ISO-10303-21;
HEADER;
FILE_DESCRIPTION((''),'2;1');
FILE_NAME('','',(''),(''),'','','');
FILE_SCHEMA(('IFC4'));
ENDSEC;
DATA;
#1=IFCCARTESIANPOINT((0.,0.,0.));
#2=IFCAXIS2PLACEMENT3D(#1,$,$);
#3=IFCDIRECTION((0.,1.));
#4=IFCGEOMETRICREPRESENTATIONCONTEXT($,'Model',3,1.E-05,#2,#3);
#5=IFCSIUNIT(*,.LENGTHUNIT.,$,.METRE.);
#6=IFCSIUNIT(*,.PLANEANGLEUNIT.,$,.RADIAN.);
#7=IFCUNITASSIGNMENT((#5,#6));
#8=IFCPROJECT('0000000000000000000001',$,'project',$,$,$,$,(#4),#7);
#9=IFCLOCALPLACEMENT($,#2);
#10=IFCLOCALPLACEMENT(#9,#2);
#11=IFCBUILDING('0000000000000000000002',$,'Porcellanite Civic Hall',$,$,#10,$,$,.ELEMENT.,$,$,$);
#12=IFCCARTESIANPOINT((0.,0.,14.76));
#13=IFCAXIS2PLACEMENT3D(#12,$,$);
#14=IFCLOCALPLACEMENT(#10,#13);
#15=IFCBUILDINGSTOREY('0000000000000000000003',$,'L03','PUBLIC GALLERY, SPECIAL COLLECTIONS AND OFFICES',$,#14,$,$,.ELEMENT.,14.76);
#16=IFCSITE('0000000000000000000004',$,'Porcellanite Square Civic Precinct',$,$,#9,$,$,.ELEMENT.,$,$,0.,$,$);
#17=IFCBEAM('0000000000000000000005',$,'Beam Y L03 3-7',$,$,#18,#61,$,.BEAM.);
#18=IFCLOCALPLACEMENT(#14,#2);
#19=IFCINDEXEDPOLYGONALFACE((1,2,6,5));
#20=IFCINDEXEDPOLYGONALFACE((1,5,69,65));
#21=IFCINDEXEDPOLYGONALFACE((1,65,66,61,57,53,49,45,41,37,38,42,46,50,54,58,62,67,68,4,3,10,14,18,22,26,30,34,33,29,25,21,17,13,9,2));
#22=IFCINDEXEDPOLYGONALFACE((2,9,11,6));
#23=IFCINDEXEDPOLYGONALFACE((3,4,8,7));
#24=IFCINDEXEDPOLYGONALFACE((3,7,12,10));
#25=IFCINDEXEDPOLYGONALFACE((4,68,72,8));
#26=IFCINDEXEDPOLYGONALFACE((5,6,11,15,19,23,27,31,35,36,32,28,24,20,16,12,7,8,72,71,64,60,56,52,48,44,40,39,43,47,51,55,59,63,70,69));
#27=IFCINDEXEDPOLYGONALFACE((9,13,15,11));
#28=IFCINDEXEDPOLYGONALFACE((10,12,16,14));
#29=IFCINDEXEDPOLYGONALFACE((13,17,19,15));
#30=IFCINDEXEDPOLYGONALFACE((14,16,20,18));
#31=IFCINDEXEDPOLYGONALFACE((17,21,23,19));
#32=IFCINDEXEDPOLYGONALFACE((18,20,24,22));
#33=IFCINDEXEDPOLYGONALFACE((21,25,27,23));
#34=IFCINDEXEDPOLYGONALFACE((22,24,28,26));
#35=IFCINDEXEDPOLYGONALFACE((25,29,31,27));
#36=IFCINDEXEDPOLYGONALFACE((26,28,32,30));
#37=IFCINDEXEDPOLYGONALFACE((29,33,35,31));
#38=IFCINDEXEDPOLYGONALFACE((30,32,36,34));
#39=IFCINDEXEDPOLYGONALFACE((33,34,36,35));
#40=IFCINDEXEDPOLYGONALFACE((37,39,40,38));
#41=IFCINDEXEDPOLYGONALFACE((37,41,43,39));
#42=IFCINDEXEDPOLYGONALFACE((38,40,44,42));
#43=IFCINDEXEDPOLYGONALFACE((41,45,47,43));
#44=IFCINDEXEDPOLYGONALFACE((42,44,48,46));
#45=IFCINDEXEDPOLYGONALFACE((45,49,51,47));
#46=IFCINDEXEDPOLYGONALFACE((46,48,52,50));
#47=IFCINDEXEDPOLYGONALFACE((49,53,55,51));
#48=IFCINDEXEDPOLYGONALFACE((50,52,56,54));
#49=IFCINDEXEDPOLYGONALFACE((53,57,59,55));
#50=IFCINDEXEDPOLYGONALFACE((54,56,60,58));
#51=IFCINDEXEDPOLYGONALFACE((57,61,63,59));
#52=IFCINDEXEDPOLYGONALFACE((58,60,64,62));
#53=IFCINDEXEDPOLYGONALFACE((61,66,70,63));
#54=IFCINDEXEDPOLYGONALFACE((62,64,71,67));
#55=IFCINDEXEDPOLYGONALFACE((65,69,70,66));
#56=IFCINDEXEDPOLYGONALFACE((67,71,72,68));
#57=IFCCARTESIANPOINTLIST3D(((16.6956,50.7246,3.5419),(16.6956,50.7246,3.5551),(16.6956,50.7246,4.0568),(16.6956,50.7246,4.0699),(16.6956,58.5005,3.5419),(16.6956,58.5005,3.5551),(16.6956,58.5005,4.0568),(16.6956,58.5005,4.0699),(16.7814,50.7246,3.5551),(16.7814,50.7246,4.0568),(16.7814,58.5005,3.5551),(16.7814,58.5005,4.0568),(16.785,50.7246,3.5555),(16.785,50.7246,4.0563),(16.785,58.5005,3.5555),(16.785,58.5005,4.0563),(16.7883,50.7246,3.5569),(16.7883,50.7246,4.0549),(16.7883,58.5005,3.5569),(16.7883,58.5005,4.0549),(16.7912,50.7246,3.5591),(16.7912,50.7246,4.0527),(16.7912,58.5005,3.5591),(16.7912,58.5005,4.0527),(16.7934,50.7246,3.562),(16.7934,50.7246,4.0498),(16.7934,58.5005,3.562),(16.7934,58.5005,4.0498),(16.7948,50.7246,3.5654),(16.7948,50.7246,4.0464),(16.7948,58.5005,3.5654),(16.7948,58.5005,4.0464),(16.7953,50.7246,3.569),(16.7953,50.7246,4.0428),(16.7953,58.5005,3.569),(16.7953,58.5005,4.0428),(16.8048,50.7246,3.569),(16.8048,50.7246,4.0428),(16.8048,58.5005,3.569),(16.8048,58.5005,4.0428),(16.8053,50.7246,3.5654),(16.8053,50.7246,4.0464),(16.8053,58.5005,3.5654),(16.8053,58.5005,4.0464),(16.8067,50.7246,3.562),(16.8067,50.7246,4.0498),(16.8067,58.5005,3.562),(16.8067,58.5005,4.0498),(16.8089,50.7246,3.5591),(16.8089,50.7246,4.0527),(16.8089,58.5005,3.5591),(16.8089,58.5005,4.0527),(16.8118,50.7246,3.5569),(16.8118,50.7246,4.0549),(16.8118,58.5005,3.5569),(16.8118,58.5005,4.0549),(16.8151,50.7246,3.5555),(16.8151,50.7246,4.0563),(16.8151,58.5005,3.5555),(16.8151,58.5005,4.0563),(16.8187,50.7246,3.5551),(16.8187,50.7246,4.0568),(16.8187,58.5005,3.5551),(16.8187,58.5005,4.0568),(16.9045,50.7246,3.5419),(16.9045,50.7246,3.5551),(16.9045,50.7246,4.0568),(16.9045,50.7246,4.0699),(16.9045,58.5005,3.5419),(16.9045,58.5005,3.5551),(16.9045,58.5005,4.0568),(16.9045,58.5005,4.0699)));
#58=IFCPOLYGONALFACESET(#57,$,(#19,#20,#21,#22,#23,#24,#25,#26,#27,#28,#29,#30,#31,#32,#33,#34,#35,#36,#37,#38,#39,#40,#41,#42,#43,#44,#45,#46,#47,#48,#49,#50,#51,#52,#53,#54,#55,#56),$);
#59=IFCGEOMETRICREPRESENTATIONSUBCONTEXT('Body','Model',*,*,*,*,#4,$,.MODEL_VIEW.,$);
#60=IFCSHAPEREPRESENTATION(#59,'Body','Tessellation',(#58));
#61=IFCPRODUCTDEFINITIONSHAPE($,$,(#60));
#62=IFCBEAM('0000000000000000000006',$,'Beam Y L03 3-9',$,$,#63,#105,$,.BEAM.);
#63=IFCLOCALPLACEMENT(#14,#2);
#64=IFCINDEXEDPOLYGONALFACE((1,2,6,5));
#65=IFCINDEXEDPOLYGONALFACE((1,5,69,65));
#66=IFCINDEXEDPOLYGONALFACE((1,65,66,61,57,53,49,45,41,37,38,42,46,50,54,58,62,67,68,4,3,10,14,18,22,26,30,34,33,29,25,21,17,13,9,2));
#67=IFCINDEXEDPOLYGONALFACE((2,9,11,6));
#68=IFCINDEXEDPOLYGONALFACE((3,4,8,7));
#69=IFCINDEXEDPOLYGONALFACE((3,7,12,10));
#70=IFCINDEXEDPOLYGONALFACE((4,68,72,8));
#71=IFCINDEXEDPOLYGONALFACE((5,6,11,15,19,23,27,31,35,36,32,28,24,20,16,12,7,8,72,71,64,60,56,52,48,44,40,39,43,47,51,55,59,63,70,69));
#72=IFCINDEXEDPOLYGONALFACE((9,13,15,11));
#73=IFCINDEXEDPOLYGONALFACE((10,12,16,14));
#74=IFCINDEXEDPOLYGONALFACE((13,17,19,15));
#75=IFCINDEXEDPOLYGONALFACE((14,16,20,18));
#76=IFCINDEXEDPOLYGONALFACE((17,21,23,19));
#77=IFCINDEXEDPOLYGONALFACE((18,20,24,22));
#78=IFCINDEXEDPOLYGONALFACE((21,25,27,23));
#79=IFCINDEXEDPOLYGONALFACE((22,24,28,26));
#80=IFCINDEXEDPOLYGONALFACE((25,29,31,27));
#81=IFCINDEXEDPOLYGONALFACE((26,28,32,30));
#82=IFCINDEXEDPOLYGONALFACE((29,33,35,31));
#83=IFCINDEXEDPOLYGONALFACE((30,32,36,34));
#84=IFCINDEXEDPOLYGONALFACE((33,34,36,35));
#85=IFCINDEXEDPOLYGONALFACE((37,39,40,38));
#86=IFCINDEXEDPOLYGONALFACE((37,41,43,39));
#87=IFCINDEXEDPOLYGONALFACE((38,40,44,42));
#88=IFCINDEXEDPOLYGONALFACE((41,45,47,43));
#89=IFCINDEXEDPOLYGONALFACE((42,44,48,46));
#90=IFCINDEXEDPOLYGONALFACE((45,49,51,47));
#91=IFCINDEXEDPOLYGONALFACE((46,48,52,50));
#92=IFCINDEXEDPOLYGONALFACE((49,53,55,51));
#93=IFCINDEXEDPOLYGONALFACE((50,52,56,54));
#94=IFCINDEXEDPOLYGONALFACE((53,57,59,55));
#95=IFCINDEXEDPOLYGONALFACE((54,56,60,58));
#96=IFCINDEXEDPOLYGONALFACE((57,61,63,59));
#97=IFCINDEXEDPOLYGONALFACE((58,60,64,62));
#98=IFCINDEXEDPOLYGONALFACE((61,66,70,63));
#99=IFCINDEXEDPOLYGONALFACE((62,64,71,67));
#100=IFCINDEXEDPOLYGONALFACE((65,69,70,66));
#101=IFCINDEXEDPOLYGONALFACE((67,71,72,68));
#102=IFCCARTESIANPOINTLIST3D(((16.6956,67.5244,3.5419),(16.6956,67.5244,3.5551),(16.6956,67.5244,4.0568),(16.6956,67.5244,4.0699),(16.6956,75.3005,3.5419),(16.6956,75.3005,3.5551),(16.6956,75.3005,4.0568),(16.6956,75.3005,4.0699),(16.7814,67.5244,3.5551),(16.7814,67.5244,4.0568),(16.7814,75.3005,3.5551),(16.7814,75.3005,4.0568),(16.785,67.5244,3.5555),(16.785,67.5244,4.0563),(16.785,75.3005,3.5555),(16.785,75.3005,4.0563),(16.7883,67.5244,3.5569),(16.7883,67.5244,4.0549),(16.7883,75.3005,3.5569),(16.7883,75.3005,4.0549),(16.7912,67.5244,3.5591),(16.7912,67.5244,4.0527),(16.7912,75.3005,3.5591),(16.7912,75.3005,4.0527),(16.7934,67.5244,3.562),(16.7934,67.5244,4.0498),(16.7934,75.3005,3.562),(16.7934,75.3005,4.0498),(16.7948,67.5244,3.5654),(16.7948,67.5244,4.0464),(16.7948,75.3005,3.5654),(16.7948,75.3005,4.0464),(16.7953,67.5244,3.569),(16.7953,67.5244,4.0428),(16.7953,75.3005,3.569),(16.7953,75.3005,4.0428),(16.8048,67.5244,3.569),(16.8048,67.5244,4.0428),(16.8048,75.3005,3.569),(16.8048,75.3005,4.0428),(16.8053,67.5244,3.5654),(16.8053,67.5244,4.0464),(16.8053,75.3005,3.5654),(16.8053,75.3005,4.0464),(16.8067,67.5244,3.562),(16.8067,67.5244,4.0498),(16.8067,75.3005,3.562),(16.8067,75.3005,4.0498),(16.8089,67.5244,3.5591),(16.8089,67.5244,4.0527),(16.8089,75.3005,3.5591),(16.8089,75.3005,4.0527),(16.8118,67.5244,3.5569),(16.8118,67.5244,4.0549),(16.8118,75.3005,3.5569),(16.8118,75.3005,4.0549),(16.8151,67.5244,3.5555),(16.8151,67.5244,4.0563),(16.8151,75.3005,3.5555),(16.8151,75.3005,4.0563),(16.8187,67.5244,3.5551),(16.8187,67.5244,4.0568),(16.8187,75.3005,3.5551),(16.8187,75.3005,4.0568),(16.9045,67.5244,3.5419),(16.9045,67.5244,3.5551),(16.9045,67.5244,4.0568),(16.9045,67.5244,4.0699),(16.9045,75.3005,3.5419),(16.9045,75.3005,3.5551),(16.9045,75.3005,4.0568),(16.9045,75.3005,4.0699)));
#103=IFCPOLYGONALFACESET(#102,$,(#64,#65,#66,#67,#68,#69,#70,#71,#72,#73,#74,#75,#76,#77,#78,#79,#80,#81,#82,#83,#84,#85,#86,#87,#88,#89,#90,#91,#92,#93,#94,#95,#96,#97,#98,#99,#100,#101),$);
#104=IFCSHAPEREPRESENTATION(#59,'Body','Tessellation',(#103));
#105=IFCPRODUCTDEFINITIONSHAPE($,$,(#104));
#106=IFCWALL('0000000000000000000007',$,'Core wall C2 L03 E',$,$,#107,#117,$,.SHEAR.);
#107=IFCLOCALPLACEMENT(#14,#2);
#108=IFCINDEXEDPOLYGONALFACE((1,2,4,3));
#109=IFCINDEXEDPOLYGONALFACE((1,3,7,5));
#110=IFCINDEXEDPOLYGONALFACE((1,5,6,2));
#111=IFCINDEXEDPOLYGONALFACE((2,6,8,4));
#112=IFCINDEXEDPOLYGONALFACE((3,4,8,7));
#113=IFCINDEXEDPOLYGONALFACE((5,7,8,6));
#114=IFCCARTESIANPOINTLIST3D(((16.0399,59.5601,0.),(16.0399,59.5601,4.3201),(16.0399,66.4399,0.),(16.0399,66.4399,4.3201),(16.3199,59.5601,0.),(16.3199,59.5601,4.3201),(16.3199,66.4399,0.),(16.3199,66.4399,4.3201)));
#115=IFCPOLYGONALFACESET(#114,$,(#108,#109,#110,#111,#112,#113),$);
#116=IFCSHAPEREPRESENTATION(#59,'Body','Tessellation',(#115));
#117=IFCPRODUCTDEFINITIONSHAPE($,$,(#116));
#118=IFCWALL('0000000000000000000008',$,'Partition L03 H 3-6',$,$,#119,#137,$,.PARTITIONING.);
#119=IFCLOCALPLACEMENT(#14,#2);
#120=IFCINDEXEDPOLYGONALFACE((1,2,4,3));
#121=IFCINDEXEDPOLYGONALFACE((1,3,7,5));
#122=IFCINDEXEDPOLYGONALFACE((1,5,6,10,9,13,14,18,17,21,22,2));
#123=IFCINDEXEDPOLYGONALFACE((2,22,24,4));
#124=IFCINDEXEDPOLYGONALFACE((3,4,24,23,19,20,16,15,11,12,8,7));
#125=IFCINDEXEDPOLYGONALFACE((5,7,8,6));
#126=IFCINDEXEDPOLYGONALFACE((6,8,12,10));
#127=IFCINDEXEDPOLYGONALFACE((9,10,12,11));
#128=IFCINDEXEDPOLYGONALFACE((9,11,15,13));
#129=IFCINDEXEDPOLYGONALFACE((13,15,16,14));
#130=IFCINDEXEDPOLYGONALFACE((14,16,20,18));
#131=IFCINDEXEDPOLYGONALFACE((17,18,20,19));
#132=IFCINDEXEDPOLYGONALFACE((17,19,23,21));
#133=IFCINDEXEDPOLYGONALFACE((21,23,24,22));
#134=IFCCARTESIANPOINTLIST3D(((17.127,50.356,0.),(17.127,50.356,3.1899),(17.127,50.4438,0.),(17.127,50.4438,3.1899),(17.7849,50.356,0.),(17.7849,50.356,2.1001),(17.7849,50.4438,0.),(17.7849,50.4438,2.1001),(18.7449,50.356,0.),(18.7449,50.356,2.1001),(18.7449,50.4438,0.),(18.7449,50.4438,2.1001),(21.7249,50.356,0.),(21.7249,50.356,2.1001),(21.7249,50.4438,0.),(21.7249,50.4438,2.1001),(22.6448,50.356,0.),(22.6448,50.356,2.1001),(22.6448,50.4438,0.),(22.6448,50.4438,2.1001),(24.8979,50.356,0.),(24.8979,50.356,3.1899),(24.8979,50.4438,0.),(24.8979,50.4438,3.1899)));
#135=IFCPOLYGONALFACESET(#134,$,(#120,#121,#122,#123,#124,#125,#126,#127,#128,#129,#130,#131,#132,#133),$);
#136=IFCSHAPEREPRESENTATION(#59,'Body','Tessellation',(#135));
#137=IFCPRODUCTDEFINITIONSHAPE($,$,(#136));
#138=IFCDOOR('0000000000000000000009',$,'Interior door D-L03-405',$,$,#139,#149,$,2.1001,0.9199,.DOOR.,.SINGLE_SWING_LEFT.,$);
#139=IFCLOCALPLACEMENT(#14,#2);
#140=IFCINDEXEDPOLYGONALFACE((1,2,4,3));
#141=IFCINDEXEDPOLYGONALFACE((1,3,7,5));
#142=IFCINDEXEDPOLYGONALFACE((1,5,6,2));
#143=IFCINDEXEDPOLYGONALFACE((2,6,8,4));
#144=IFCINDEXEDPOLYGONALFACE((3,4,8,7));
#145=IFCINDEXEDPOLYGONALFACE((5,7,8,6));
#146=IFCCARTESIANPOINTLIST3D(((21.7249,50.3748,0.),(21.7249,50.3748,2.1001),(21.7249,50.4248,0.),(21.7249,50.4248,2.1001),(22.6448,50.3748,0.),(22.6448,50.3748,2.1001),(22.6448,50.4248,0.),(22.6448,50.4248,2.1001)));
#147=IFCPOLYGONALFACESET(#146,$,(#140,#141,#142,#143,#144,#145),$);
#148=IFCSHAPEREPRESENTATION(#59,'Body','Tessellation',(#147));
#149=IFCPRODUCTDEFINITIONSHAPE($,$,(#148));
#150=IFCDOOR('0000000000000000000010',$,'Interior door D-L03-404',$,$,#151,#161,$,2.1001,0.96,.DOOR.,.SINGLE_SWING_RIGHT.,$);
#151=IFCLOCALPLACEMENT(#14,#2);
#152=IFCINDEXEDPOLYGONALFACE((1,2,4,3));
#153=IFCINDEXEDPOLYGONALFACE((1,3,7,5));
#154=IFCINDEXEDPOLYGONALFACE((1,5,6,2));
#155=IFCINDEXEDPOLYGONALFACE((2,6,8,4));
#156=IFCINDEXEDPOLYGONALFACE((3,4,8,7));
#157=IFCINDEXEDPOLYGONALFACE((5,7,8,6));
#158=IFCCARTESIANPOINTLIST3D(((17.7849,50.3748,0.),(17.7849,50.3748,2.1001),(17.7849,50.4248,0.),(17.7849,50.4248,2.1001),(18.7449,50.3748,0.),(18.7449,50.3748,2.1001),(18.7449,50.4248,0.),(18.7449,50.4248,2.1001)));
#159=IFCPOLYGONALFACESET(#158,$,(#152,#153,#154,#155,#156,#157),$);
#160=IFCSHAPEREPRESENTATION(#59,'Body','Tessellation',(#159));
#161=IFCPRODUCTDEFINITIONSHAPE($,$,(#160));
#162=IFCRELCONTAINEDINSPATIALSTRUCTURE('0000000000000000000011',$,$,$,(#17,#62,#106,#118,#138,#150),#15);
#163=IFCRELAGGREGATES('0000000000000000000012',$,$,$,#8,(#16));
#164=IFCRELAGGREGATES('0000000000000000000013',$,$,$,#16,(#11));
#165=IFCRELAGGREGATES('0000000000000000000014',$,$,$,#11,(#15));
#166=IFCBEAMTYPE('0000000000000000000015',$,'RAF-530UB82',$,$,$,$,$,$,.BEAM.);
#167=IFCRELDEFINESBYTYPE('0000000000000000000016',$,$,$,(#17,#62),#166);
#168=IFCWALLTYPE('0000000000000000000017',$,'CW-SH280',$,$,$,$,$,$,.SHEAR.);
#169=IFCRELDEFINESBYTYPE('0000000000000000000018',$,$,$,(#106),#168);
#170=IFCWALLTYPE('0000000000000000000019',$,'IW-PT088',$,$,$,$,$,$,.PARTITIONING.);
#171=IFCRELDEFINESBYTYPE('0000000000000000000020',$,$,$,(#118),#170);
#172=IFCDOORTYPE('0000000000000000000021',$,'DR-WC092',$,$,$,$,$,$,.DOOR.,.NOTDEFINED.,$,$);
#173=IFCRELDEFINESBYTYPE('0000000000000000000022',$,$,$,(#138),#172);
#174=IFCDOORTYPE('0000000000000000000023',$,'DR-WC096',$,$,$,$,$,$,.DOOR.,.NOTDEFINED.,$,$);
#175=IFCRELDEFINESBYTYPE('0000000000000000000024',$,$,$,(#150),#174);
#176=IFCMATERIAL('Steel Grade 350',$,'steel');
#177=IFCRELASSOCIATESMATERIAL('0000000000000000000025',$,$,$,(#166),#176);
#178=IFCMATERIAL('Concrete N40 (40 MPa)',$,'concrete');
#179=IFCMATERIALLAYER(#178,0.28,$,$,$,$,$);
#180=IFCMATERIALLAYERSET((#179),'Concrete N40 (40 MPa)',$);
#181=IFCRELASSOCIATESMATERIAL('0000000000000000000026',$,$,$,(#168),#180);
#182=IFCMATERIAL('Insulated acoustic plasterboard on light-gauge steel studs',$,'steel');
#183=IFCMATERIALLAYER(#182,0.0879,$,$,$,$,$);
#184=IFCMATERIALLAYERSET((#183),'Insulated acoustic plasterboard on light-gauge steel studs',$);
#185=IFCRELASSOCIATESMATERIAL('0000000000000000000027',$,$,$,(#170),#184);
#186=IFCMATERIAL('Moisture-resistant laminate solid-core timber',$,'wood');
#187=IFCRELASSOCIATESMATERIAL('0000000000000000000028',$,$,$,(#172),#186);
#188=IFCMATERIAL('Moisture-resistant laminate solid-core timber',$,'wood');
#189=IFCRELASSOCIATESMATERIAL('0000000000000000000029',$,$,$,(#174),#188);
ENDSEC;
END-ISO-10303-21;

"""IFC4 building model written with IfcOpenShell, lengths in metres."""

from ifc_helpers import new_model, si_unit, direction, frame, frame_2d, origin, origin_2d, place, context, subcontext, project, spatial, rectangle, i_section, extrude, material, layer, layer_set, material_profile, profile_set, type_object, element, fill, save


model = new_model("IFC4")

# Units and contexts
model_context = context("Model", 3, precision=1e-05, world=origin(), true_north=direction((0.0, 1.0)))
body_context = subcontext(model_context, "Body", "Model", "MODEL_VIEW")
ifc_project = project(units=[si_unit("LENGTHUNIT", "METRE"), si_unit("PLANEANGLEUNIT", "RADIAN")], contexts=[model_context])

# Site, building, storey
site_placement = place(None, origin())
site = spatial("IfcSite", under=ifc_project, at=site_placement, Name="Porcellanite Square Civic Precinct", CompositionType="ELEMENT", RefElevation=0.0)
building_placement = place(site_placement, origin())
building = spatial("IfcBuilding", under=site, at=building_placement, Name="Porcellanite Civic Hall", CompositionType="ELEMENT")
storey_placement = place(building_placement, frame((0.0, 0.0, 14.76)))
storey = spatial("IfcBuildingStorey", under=building, at=storey_placement, Name="L03", Description="PUBLIC GALLERY, SPECIAL COLLECTIONS AND OFFICES", CompositionType="ELEMENT", Elevation=14.76)

# Beams
ifc_material_1 = material(Name="Steel Grade 350", Category="steel")
ifc_material_profile_1 = material_profile(ifc_material_1, i_section(OverallWidth=0.209, OverallDepth=0.5281, WebThickness=0.0095, FlangeThickness=0.0132, FilletRadius=0.0139, at=origin_2d()), Name="530UB82.0")
ifc_profile_set_1 = profile_set([ifc_material_profile_1], Name="Steel Grade 350")
beam_type_1 = type_object("IfcBeamType", Name="RAF-530UB82", PredefinedType="BEAM", material=ifc_profile_set_1)
beam_1_placement = place(storey_placement, frame((16.8, 50.7246, 3.8059), z_axis=(0.0, 1.0, 0.0), x_axis=(-1.0, 0.0, 0.0)))
element("IfcBeam", 1, at=beam_1_placement, inside=storey, type_object=beam_type_1, Name="Beam Y L03 3-7", PredefinedType="BEAM", context=body_context, shape_type="SweptSolid", body=[
    extrude(i_section(OverallWidth=0.209, OverallDepth=0.5281, WebThickness=0.0095, FlangeThickness=0.0132, FilletRadius=0.0139, at=origin_2d()), origin(), (0.0, 0.0, 1.0), 7.7759),
])
beam_2_placement = place(storey_placement, frame((16.8, 67.5244, 3.8059), z_axis=(0.0, 1.0, 0.0), x_axis=(-1.0, 0.0, 0.0)))
element("IfcBeam", 2, at=beam_2_placement, inside=storey, type_object=beam_type_1, Name="Beam Y L03 3-9", PredefinedType="BEAM", context=body_context, shape_type="SweptSolid", body=[
    extrude(i_section(OverallWidth=0.209, OverallDepth=0.5281, WebThickness=0.0095, FlangeThickness=0.0132, FilletRadius=0.0139, at=origin_2d()), origin(), (0.0, 0.0, 1.0), 7.7761),
])

# Shared definitions
ifc_material_2 = material(Name="Concrete N40 (40 MPa)", Category="concrete")
ifc_layer_1 = layer(ifc_material_2, 0.28)
ifc_layer_set_1 = layer_set([ifc_layer_1], Name="Concrete N40 (40 MPa)")
wall_type_1 = type_object("IfcWallType", Name="CW-SH280", PredefinedType="SHEAR", material=ifc_layer_set_1)

# Wall
wall_1_placement = place(storey_placement, frame((16.1799, 66.4399, 0.0), z_axis=(0.0, 0.0, 1.0), x_axis=(0.0, -1.0, 0.0)))
element("IfcWall", 3, at=wall_1_placement, inside=storey, type_object=wall_type_1, Name="Core wall C2 L03 E", PredefinedType="SHEAR", context=body_context, shape_type="SweptSolid", body=[
    extrude(rectangle(XDim=6.8799, YDim=0.28, at=frame_2d((3.4399, 0.0))), origin(), (0.0, 0.0, 1.0), 4.3201),
])

# Wall, openings, doors
ifc_material_3 = material(Name="Insulated acoustic plasterboard on light-gauge steel studs", Category="steel")
ifc_layer_2 = layer(ifc_material_3, 0.0879)
ifc_layer_set_2 = layer_set([ifc_layer_2], Name="Insulated acoustic plasterboard on light-gauge steel studs")
wall_type_2 = type_object("IfcWallType", Name="IW-PT088", PredefinedType="PARTITIONING", material=ifc_layer_set_2)
wall_2_placement = place(storey_placement, frame((17.127, 50.3999, 0.0), z_axis=(0.0, 0.0, 1.0), x_axis=(1.0, 0.0, 0.0)))
wall_2 = element("IfcWall", 4, at=wall_2_placement, inside=storey, type_object=wall_type_2, Name="Partition L03 H 3-6", PredefinedType="PARTITIONING", context=body_context, shape_type="SweptSolid", body=[
    extrude(rectangle(XDim=7.771, YDim=0.0879, at=frame_2d((3.8855, 0.0))), origin(), (0.0, 0.0, 1.0), 3.1899),
])
opening_1_placement = place(wall_2_placement, frame((0.658, 0.0, 0.0)))
opening_1 = element("IfcOpeningElement", 5, at=opening_1_placement, cuts=wall_2, PredefinedType="OPENING", context=body_context, shape_type="SweptSolid", body=[
    extrude(rectangle(XDim=0.96, YDim=2.1001, at=frame_2d((0.48, 1.05))), frame((0.0, 0.0439, 0.0), z_axis=(0.0, -1.0, 0.0), x_axis=(1.0, 0.0, 0.0)), (0.0, 0.0, 1.0), 0.0879),
])
opening_2_placement = place(wall_2_placement, frame((4.5979, 0.0, 0.0)))
opening_2 = element("IfcOpeningElement", 6, at=opening_2_placement, cuts=wall_2, PredefinedType="OPENING", context=body_context, shape_type="SweptSolid", body=[
    extrude(rectangle(XDim=0.9199, YDim=2.1001, at=frame_2d((0.46, 1.05))), frame((0.0, 0.0439, 0.0), z_axis=(0.0, -1.0, 0.0), x_axis=(1.0, 0.0, 0.0)), (0.0, 0.0, 1.0), 0.0879),
])
ifc_material_4 = material(Name="Moisture-resistant laminate solid-core timber", Category="wood")
door_type_1 = type_object("IfcDoorType", Name="DR-WC092", OperationType="NOTDEFINED", PredefinedType="DOOR", material=ifc_material_4)
door_1_placement = place(opening_2_placement, origin())
door_1 = element("IfcDoor", 7, at=door_1_placement, inside=storey, type_object=door_type_1, Name="Interior door D-L03-405", OperationType="SINGLE_SWING_LEFT", OverallHeight=2.1001, OverallWidth=0.9199, PredefinedType="DOOR", context=body_context, shape_type="SweptSolid", body=[
    extrude(rectangle(XDim=0.9199, YDim=2.1001, at=frame_2d((0.46, 1.05))), frame((0.0, 0.0249, 0.0), z_axis=(0.0, -1.0, 0.0), x_axis=(1.0, 0.0, 0.0)), (0.0, 0.0, 1.0), 0.05),
])
fill(opening_2, door_1)
ifc_material_5 = material(Name="Moisture-resistant laminate solid-core timber", Category="wood")
door_type_2 = type_object("IfcDoorType", Name="DR-WC096", OperationType="NOTDEFINED", PredefinedType="DOOR", material=ifc_material_5)
door_2_placement = place(opening_1_placement, origin())
door_2 = element("IfcDoor", 8, at=door_2_placement, inside=storey, type_object=door_type_2, Name="Interior door D-L03-404", OperationType="SINGLE_SWING_RIGHT", OverallHeight=2.1001, OverallWidth=0.96, PredefinedType="DOOR", context=body_context, shape_type="SweptSolid", body=[
    extrude(rectangle(XDim=0.96, YDim=2.1001, at=frame_2d((0.48, 1.05))), frame((0.0, 0.0249, 0.0), z_axis=(0.0, -1.0, 0.0), x_axis=(1.0, 0.0, 0.0)), (0.0, 0.0, 1.0), 0.05),
])
fill(opening_1, door_2)

save(model, "model.ifc")
